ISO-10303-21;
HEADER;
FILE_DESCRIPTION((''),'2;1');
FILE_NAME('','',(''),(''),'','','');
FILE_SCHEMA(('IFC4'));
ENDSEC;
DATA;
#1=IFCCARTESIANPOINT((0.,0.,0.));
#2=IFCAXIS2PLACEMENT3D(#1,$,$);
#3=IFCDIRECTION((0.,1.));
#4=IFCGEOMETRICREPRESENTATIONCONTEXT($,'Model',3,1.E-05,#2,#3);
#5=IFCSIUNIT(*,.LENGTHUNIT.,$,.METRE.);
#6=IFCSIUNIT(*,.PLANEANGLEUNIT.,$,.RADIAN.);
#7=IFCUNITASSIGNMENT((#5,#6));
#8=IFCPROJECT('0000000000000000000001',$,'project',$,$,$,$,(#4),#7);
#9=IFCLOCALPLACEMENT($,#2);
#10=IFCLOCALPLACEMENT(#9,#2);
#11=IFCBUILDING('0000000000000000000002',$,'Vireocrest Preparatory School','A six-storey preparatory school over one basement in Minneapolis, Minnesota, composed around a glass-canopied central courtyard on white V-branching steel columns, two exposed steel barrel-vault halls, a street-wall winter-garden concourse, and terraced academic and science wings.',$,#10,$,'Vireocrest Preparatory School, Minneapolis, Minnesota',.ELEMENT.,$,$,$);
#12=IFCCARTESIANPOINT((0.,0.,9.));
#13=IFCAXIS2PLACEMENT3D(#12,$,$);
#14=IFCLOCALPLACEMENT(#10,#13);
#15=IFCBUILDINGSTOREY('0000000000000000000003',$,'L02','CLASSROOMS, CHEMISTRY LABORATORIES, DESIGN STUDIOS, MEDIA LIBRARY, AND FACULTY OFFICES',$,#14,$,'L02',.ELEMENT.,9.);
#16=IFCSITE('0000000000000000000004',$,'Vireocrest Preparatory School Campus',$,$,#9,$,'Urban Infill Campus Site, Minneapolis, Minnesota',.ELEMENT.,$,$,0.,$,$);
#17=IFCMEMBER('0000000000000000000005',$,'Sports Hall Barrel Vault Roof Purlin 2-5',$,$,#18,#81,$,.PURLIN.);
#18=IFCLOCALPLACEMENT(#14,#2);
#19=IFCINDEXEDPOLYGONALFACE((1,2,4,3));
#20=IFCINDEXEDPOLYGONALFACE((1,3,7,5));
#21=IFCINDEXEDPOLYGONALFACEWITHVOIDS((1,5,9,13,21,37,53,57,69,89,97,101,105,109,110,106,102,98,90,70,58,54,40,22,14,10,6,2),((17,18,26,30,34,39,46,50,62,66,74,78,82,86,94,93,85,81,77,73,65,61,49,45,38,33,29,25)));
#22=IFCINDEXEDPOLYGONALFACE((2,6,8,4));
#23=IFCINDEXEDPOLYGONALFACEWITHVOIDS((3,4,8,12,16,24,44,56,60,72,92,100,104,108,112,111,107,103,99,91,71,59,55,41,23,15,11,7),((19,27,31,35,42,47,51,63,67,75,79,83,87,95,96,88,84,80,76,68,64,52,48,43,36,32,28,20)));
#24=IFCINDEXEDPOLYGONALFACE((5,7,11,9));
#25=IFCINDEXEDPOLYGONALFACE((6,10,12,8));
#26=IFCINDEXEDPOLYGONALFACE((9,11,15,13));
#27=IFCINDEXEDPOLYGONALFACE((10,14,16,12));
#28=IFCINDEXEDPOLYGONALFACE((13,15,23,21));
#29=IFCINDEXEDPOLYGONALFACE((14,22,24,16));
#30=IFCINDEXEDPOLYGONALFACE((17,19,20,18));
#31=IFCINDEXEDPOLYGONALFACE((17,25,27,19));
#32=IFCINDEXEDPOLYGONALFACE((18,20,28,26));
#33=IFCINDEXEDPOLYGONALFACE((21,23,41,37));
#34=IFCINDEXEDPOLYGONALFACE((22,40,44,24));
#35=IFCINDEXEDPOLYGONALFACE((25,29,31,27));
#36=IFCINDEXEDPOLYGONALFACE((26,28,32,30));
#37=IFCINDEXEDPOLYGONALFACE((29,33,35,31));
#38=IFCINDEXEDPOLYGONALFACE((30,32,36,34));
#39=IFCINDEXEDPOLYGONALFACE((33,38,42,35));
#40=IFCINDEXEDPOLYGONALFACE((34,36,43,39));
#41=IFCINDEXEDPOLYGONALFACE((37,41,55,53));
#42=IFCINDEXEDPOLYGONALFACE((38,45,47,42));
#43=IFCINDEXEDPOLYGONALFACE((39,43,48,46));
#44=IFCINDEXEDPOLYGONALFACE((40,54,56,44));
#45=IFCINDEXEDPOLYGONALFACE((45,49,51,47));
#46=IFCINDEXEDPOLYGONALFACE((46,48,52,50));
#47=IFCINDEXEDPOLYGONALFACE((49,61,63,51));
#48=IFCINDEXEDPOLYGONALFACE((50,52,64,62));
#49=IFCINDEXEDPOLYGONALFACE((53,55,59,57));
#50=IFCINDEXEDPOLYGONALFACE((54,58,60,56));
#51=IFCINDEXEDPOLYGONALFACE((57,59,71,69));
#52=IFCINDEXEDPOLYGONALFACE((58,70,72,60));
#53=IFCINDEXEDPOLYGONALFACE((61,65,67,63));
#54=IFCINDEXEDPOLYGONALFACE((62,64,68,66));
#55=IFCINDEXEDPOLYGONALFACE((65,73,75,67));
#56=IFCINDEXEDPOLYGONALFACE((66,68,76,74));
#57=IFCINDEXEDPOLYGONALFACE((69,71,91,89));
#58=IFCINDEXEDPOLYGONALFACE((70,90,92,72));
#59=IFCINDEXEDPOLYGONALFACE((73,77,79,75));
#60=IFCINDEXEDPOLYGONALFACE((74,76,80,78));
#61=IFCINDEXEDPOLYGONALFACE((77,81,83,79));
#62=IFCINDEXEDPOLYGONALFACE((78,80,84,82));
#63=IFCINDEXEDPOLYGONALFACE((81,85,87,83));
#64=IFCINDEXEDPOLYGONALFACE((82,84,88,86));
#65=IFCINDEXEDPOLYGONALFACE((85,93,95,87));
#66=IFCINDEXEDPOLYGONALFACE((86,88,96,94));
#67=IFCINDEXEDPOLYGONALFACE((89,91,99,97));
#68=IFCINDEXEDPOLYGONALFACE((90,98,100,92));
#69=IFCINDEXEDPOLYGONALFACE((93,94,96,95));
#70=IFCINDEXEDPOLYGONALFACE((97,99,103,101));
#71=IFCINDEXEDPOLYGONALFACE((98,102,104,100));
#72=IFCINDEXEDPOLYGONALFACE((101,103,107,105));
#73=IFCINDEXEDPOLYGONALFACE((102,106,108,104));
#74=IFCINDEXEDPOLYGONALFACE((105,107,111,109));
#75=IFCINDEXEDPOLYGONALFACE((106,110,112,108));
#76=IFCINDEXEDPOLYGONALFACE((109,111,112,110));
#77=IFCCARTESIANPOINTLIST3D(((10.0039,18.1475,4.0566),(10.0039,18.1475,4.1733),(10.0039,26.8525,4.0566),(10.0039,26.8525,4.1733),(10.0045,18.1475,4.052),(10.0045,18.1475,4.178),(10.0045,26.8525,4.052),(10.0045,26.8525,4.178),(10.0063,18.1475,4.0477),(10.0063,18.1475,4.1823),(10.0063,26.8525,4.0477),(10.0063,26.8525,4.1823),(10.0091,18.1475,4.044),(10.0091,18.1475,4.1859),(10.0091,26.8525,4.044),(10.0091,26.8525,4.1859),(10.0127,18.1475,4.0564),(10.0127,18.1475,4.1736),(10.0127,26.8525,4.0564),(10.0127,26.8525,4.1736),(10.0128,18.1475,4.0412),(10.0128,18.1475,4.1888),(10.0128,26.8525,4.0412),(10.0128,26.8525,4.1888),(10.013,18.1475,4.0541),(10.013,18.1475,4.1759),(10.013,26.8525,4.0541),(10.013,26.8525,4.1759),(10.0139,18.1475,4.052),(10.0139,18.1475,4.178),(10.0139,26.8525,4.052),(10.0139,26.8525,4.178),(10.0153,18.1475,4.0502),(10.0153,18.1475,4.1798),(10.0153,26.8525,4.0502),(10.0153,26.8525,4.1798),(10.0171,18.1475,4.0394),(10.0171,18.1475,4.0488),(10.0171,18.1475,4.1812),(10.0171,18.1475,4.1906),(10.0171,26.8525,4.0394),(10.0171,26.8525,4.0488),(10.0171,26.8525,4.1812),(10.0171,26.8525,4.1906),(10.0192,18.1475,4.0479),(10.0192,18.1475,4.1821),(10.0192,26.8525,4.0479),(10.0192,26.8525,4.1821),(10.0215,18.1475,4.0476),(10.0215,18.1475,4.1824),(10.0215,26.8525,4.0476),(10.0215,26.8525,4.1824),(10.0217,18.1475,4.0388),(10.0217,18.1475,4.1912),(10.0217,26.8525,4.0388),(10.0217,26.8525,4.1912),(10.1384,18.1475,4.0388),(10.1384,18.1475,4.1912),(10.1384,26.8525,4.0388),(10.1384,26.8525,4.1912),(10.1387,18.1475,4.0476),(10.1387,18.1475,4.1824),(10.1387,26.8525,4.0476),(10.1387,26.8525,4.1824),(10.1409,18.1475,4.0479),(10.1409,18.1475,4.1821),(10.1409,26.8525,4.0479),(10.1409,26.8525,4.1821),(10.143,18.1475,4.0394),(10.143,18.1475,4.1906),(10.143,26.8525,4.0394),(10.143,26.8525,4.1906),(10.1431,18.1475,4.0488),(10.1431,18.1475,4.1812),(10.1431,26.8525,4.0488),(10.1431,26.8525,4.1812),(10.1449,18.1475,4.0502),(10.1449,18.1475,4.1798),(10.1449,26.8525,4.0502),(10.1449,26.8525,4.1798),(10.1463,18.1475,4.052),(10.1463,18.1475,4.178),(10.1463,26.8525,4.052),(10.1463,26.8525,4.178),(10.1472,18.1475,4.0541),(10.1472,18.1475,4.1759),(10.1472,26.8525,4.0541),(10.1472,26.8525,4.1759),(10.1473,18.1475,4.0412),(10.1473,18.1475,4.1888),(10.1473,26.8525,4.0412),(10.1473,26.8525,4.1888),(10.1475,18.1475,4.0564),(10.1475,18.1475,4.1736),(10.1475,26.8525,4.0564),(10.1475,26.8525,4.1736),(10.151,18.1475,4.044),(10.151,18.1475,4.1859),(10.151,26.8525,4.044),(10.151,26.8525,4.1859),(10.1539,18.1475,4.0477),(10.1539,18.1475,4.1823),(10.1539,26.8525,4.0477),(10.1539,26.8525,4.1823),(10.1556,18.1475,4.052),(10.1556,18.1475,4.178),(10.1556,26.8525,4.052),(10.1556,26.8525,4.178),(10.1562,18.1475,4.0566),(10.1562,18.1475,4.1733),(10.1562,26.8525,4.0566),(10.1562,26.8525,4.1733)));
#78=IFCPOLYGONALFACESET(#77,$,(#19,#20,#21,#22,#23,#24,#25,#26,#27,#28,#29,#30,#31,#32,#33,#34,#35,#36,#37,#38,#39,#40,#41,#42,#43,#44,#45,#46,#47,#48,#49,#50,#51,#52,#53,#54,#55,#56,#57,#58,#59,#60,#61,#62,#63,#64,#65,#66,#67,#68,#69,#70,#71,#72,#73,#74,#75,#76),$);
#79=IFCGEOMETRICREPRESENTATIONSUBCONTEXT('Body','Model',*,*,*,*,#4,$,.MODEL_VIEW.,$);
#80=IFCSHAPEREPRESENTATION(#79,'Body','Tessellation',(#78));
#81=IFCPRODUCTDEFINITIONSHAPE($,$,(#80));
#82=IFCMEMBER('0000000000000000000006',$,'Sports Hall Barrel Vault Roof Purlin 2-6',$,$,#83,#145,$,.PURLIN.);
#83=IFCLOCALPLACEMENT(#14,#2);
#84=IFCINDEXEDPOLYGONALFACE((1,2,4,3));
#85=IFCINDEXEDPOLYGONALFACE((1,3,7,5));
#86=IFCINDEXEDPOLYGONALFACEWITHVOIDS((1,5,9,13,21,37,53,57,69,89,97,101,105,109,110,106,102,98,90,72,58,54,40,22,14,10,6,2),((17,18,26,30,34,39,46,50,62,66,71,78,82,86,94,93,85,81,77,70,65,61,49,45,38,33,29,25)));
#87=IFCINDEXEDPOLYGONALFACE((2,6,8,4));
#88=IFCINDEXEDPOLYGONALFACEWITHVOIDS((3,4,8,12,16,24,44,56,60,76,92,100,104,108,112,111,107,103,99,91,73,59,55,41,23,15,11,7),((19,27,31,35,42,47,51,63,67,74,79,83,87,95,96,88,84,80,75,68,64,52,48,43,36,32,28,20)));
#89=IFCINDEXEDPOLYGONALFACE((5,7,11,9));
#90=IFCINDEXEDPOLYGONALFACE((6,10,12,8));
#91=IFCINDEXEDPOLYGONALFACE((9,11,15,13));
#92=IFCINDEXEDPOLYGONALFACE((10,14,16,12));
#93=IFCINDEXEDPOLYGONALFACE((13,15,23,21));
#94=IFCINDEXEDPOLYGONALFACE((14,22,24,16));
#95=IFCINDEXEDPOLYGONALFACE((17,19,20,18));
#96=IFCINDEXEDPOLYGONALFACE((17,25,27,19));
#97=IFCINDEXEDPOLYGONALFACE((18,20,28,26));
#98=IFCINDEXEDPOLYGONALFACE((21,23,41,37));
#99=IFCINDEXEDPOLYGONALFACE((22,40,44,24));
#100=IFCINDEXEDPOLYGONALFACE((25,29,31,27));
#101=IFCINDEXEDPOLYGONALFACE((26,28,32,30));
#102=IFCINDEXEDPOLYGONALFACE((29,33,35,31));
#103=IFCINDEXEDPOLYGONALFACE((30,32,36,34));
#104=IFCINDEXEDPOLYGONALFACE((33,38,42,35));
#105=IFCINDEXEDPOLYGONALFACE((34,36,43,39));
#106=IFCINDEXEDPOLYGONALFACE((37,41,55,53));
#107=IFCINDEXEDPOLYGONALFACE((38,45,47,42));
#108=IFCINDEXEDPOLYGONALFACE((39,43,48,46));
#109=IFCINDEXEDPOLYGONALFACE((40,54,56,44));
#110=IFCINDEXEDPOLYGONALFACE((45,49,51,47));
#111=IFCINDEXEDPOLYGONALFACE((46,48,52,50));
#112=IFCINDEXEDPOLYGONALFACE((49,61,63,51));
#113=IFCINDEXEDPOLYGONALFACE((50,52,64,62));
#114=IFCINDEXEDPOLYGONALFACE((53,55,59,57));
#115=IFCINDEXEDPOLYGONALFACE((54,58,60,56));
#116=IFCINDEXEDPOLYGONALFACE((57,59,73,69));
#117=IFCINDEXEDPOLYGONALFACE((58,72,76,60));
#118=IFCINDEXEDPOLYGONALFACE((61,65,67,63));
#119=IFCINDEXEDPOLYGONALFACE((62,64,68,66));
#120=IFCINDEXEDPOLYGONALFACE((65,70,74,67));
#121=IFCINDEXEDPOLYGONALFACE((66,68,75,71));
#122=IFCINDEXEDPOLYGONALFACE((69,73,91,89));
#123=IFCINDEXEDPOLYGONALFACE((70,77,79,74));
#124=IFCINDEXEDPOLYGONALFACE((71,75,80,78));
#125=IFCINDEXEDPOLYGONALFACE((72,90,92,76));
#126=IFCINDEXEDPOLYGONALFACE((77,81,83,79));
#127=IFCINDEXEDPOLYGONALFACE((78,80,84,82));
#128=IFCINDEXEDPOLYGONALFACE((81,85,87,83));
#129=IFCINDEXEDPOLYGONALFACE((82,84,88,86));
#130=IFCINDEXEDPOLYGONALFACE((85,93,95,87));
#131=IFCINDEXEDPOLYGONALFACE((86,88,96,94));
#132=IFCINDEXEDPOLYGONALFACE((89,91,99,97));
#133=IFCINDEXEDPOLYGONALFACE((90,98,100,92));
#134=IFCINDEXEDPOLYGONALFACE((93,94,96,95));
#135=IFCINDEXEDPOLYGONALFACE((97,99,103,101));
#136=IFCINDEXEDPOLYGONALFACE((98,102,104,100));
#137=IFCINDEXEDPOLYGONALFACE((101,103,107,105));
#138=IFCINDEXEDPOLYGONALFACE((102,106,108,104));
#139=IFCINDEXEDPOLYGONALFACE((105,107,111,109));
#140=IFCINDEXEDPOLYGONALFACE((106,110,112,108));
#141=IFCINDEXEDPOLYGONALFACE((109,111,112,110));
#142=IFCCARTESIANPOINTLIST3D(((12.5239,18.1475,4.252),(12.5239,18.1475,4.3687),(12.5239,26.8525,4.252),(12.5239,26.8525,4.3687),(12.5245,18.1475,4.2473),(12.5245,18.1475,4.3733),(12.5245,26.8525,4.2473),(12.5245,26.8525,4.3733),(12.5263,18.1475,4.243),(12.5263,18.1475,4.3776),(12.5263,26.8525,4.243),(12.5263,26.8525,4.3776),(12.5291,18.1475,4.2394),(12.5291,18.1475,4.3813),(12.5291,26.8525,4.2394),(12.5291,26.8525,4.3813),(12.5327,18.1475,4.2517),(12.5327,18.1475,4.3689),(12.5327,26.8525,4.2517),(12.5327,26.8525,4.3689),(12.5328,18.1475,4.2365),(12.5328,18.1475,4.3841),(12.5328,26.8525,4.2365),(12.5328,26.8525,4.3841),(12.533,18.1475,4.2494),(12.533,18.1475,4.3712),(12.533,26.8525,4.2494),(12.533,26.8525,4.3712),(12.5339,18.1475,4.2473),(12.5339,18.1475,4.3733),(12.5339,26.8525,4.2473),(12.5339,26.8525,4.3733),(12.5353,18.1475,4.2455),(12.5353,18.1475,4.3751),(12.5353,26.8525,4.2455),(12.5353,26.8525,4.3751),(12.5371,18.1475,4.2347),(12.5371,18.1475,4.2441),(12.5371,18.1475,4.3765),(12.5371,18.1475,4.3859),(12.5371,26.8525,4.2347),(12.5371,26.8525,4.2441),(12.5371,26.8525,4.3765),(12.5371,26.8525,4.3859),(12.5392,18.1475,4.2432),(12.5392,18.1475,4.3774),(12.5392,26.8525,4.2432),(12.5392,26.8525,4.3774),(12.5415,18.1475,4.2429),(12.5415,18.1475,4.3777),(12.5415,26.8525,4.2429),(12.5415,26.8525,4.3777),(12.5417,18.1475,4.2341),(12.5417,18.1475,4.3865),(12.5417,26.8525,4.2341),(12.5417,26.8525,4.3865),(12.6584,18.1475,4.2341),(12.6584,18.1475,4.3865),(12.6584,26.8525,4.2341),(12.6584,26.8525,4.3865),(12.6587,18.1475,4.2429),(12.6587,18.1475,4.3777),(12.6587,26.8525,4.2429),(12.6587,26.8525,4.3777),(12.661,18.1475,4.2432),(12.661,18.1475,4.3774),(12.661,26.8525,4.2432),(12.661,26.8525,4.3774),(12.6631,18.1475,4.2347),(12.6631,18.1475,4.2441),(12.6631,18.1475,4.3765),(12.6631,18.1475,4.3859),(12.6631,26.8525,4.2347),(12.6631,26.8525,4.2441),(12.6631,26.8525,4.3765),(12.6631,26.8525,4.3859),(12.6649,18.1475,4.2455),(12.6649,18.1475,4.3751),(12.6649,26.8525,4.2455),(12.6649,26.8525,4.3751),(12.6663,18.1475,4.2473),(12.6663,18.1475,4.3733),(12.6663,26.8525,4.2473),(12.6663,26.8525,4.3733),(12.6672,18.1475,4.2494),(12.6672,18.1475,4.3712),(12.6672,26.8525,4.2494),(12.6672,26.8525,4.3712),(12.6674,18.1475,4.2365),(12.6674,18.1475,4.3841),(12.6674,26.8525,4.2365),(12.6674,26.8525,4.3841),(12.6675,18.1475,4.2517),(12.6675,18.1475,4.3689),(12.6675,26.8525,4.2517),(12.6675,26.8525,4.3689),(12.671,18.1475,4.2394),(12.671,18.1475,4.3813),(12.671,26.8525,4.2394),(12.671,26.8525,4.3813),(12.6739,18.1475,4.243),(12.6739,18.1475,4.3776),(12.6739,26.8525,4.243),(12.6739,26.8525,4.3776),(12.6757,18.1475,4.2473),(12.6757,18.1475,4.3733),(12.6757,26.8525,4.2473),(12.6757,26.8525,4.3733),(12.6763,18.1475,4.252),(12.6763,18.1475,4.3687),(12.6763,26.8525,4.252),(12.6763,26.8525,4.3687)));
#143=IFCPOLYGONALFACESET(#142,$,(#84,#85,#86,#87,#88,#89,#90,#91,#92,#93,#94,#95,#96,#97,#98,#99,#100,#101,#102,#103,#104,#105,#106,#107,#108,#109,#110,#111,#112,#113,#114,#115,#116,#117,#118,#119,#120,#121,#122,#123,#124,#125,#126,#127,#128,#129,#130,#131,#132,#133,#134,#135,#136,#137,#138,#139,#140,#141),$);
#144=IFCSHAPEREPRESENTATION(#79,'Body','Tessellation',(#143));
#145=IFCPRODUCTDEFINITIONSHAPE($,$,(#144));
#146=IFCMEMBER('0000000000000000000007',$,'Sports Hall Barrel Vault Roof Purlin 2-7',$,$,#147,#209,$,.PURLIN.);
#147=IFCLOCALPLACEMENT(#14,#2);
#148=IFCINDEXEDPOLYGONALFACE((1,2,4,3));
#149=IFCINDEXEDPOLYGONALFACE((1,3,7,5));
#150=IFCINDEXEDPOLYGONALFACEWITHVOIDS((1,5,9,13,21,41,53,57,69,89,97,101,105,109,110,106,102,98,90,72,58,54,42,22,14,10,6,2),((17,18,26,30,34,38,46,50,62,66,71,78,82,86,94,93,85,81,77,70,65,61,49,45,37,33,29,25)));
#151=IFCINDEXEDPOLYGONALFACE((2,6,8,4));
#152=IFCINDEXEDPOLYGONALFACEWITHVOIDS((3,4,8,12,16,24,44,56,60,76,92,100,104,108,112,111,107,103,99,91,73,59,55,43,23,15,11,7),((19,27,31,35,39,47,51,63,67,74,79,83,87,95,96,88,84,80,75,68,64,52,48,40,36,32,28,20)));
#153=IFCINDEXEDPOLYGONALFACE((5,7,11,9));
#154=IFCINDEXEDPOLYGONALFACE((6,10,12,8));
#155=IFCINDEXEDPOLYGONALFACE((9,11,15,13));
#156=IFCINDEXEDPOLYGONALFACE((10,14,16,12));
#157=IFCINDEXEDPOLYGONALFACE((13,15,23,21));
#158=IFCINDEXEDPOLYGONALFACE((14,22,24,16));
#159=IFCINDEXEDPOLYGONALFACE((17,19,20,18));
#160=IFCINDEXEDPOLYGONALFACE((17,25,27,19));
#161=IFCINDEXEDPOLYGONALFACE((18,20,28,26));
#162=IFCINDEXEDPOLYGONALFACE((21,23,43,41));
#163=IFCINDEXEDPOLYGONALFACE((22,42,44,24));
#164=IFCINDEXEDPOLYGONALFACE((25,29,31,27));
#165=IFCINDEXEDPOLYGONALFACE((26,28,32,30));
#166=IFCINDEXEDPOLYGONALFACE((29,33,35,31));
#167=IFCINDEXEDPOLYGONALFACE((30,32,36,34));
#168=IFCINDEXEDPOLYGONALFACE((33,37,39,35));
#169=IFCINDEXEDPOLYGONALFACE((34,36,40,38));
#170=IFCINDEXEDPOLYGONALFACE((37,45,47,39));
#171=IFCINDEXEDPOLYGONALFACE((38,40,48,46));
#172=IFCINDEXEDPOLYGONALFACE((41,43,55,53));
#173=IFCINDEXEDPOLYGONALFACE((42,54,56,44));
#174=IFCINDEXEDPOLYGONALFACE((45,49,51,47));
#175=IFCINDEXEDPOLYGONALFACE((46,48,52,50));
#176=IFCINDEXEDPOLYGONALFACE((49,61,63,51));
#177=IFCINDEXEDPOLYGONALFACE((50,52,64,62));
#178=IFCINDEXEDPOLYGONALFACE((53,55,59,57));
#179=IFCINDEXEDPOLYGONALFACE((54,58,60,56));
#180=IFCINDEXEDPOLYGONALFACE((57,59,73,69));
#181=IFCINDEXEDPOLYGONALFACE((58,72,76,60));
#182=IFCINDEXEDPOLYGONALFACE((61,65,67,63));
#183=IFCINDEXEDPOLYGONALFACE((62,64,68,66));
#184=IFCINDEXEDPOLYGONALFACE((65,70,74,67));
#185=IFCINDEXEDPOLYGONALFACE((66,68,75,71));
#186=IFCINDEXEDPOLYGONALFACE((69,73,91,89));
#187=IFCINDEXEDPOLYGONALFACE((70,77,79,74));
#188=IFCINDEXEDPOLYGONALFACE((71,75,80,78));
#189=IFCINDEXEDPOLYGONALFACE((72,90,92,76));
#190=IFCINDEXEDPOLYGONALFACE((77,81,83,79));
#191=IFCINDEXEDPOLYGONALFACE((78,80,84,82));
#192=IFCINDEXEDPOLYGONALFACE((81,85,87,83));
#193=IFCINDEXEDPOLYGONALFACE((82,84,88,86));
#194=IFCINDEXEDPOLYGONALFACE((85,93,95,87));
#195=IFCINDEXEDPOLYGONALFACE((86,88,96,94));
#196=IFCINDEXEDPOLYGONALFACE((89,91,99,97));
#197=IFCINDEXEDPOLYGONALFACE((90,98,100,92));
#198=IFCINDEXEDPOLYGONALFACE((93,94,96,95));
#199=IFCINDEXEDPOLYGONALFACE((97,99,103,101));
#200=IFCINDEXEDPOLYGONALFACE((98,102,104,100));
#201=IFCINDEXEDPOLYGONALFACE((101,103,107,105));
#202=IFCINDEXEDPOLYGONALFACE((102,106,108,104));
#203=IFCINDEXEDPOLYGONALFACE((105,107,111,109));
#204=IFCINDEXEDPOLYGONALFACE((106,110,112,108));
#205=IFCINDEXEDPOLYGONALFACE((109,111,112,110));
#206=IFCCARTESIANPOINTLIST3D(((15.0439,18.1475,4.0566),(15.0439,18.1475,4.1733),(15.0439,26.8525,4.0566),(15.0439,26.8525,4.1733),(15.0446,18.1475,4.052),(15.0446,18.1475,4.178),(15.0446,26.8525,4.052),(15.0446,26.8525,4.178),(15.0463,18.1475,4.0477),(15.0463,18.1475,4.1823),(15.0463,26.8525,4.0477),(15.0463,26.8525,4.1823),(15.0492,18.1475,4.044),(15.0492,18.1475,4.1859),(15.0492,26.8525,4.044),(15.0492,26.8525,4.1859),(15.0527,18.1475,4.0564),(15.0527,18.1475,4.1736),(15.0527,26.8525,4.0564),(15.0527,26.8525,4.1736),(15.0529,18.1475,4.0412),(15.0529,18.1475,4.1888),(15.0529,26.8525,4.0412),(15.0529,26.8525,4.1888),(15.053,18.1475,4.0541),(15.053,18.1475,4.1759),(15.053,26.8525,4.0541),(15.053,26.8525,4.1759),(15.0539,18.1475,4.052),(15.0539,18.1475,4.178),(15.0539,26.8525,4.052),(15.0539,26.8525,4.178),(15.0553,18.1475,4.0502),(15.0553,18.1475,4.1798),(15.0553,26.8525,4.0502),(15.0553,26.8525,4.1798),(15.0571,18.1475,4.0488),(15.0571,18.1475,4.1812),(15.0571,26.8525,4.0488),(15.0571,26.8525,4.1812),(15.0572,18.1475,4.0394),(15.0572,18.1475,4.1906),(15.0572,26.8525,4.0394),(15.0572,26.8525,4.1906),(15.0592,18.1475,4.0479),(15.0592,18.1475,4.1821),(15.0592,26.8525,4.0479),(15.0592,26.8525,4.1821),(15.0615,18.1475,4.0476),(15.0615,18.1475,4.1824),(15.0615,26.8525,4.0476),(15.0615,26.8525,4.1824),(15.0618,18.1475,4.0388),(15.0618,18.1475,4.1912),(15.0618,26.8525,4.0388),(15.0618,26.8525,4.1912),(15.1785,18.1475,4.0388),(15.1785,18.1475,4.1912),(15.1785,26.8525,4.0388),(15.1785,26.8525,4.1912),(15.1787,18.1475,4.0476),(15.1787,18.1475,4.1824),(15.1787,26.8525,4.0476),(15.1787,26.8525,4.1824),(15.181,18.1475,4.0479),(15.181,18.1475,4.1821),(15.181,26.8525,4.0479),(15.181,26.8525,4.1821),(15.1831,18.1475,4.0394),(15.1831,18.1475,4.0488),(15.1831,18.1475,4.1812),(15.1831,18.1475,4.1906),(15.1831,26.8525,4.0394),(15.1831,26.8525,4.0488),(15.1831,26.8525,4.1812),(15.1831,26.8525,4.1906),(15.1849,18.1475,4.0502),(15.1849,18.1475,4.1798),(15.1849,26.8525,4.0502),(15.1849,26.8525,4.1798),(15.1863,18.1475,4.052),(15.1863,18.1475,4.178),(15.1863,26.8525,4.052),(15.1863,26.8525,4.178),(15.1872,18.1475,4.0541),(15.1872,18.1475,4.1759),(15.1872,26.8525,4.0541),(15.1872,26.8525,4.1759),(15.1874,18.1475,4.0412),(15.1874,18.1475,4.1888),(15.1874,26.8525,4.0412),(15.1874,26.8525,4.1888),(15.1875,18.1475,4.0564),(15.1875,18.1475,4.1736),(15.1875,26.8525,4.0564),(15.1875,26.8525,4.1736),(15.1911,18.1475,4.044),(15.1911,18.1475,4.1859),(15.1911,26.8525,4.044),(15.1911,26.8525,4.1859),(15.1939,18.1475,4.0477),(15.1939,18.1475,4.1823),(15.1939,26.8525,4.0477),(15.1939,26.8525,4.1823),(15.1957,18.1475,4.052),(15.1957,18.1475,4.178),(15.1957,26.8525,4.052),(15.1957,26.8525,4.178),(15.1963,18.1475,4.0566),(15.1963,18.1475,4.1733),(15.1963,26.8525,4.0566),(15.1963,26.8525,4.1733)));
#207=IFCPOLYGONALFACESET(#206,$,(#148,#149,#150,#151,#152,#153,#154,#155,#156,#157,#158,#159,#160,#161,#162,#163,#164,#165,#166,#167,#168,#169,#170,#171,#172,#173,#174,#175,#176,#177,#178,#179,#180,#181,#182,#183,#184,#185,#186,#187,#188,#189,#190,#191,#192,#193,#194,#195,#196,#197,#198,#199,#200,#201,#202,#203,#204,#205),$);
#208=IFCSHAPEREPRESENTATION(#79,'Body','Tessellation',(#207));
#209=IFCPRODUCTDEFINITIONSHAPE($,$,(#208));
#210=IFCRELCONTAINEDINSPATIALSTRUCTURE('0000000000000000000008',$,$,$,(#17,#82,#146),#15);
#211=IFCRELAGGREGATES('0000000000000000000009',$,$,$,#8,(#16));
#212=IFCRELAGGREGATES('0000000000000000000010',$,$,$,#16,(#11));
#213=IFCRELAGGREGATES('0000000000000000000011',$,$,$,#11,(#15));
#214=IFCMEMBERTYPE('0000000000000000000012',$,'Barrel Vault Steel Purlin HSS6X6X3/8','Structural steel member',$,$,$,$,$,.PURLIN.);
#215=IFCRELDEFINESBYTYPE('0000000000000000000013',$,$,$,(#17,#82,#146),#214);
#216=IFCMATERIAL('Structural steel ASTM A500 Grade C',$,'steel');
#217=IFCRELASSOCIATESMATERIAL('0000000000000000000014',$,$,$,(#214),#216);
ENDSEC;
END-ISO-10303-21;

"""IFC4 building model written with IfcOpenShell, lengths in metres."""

from ifc_helpers import new_model, si_unit, direction, frame, origin, origin_2d, place, context, subcontext, project, spatial, hollow_rectangle, extrude, material, material_profile, profile_set, type_object, element, save


model = new_model("IFC4")

# Units and contexts
model_context = context("Model", 3, precision=1e-05, world=origin(), true_north=direction((0.0, 1.0)))
body_context = subcontext(model_context, "Body", "Model", "MODEL_VIEW")
ifc_project = project(units=[si_unit("LENGTHUNIT", "METRE"), si_unit("PLANEANGLEUNIT", "RADIAN")], contexts=[model_context])

# Site, building, storey
site_placement = place(None, origin())
site = spatial("IfcSite", under=ifc_project, at=site_placement, Name="Vireocrest Preparatory School Campus", LongName="Urban Infill Campus Site, Minneapolis, Minnesota", CompositionType="ELEMENT", RefElevation=0.0)
building_placement = place(site_placement, origin())
building = spatial("IfcBuilding", under=site, at=building_placement, Name="Vireocrest Preparatory School", Description="A six-storey preparatory school over one basement in Minneapolis, Minnesota, composed around a glass-canopied central courtyard on white V-branching steel columns, two exposed steel barrel-vault halls, a street-wall winter-garden concourse, and terraced academic and science wings.", LongName="Vireocrest Preparatory School, Minneapolis, Minnesota", CompositionType="ELEMENT")
storey_placement = place(building_placement, frame((0.0, 0.0, 9.0)))
storey = spatial("IfcBuildingStorey", under=building, at=storey_placement, Name="L02", Description="CLASSROOMS, CHEMISTRY LABORATORIES, DESIGN STUDIOS, MEDIA LIBRARY, AND FACULTY OFFICES", LongName="L02", CompositionType="ELEMENT", Elevation=9.0)

# Members
ifc_material_1 = material(Name="Structural steel ASTM A500 Grade C", Category="steel")
ifc_material_profile_1 = material_profile(ifc_material_1, hollow_rectangle(XDim=0.1523, YDim=0.1523, WallThickness=0.0088, InnerFilletRadius=0.0088, OuterFilletRadius=0.0178, at=origin_2d()), Name="HSS6X6X3/8")
ifc_profile_set_1 = profile_set([ifc_material_profile_1], Name="Structural steel ASTM A500 Grade C")
member_type = type_object("IfcMemberType", Name="Barrel Vault Steel Purlin HSS6X6X3/8", Description="Structural steel member", PredefinedType="PURLIN", material=ifc_profile_set_1)
for number, where, z_axis, x_axis, name in (
    (1, (10.0801, 18.1475, 4.115), (0.0, 1.0, 0.0), (-1.0, 0.0, 0.0), "Sports Hall Barrel Vault Roof Purlin 2-5"),
    (2, (12.6001, 18.1475, 4.3103), (0.0, 1.0, 0.0), (-1.0, 0.0, 0.0), "Sports Hall Barrel Vault Roof Purlin 2-6"),
    (3, (15.1201, 18.1475, 4.115), (0.0, 1.0, 0.0), (-1.0, 0.0, 0.0), "Sports Hall Barrel Vault Roof Purlin 2-7"),
):
    element("IfcMember", number, at=place(storey_placement, frame(where, z_axis=z_axis, x_axis=x_axis)), inside=storey, type_object=member_type, Name=name, PredefinedType="PURLIN", context=body_context, shape_type="SweptSolid", body=[
        extrude(hollow_rectangle(XDim=0.1523, YDim=0.1523, WallThickness=0.0088, InnerFilletRadius=0.0088, OuterFilletRadius=0.0178, at=origin_2d()), origin(), (0.0, 0.0, 1.0), 8.7051),
    ])

save(model, "model.ifc")
